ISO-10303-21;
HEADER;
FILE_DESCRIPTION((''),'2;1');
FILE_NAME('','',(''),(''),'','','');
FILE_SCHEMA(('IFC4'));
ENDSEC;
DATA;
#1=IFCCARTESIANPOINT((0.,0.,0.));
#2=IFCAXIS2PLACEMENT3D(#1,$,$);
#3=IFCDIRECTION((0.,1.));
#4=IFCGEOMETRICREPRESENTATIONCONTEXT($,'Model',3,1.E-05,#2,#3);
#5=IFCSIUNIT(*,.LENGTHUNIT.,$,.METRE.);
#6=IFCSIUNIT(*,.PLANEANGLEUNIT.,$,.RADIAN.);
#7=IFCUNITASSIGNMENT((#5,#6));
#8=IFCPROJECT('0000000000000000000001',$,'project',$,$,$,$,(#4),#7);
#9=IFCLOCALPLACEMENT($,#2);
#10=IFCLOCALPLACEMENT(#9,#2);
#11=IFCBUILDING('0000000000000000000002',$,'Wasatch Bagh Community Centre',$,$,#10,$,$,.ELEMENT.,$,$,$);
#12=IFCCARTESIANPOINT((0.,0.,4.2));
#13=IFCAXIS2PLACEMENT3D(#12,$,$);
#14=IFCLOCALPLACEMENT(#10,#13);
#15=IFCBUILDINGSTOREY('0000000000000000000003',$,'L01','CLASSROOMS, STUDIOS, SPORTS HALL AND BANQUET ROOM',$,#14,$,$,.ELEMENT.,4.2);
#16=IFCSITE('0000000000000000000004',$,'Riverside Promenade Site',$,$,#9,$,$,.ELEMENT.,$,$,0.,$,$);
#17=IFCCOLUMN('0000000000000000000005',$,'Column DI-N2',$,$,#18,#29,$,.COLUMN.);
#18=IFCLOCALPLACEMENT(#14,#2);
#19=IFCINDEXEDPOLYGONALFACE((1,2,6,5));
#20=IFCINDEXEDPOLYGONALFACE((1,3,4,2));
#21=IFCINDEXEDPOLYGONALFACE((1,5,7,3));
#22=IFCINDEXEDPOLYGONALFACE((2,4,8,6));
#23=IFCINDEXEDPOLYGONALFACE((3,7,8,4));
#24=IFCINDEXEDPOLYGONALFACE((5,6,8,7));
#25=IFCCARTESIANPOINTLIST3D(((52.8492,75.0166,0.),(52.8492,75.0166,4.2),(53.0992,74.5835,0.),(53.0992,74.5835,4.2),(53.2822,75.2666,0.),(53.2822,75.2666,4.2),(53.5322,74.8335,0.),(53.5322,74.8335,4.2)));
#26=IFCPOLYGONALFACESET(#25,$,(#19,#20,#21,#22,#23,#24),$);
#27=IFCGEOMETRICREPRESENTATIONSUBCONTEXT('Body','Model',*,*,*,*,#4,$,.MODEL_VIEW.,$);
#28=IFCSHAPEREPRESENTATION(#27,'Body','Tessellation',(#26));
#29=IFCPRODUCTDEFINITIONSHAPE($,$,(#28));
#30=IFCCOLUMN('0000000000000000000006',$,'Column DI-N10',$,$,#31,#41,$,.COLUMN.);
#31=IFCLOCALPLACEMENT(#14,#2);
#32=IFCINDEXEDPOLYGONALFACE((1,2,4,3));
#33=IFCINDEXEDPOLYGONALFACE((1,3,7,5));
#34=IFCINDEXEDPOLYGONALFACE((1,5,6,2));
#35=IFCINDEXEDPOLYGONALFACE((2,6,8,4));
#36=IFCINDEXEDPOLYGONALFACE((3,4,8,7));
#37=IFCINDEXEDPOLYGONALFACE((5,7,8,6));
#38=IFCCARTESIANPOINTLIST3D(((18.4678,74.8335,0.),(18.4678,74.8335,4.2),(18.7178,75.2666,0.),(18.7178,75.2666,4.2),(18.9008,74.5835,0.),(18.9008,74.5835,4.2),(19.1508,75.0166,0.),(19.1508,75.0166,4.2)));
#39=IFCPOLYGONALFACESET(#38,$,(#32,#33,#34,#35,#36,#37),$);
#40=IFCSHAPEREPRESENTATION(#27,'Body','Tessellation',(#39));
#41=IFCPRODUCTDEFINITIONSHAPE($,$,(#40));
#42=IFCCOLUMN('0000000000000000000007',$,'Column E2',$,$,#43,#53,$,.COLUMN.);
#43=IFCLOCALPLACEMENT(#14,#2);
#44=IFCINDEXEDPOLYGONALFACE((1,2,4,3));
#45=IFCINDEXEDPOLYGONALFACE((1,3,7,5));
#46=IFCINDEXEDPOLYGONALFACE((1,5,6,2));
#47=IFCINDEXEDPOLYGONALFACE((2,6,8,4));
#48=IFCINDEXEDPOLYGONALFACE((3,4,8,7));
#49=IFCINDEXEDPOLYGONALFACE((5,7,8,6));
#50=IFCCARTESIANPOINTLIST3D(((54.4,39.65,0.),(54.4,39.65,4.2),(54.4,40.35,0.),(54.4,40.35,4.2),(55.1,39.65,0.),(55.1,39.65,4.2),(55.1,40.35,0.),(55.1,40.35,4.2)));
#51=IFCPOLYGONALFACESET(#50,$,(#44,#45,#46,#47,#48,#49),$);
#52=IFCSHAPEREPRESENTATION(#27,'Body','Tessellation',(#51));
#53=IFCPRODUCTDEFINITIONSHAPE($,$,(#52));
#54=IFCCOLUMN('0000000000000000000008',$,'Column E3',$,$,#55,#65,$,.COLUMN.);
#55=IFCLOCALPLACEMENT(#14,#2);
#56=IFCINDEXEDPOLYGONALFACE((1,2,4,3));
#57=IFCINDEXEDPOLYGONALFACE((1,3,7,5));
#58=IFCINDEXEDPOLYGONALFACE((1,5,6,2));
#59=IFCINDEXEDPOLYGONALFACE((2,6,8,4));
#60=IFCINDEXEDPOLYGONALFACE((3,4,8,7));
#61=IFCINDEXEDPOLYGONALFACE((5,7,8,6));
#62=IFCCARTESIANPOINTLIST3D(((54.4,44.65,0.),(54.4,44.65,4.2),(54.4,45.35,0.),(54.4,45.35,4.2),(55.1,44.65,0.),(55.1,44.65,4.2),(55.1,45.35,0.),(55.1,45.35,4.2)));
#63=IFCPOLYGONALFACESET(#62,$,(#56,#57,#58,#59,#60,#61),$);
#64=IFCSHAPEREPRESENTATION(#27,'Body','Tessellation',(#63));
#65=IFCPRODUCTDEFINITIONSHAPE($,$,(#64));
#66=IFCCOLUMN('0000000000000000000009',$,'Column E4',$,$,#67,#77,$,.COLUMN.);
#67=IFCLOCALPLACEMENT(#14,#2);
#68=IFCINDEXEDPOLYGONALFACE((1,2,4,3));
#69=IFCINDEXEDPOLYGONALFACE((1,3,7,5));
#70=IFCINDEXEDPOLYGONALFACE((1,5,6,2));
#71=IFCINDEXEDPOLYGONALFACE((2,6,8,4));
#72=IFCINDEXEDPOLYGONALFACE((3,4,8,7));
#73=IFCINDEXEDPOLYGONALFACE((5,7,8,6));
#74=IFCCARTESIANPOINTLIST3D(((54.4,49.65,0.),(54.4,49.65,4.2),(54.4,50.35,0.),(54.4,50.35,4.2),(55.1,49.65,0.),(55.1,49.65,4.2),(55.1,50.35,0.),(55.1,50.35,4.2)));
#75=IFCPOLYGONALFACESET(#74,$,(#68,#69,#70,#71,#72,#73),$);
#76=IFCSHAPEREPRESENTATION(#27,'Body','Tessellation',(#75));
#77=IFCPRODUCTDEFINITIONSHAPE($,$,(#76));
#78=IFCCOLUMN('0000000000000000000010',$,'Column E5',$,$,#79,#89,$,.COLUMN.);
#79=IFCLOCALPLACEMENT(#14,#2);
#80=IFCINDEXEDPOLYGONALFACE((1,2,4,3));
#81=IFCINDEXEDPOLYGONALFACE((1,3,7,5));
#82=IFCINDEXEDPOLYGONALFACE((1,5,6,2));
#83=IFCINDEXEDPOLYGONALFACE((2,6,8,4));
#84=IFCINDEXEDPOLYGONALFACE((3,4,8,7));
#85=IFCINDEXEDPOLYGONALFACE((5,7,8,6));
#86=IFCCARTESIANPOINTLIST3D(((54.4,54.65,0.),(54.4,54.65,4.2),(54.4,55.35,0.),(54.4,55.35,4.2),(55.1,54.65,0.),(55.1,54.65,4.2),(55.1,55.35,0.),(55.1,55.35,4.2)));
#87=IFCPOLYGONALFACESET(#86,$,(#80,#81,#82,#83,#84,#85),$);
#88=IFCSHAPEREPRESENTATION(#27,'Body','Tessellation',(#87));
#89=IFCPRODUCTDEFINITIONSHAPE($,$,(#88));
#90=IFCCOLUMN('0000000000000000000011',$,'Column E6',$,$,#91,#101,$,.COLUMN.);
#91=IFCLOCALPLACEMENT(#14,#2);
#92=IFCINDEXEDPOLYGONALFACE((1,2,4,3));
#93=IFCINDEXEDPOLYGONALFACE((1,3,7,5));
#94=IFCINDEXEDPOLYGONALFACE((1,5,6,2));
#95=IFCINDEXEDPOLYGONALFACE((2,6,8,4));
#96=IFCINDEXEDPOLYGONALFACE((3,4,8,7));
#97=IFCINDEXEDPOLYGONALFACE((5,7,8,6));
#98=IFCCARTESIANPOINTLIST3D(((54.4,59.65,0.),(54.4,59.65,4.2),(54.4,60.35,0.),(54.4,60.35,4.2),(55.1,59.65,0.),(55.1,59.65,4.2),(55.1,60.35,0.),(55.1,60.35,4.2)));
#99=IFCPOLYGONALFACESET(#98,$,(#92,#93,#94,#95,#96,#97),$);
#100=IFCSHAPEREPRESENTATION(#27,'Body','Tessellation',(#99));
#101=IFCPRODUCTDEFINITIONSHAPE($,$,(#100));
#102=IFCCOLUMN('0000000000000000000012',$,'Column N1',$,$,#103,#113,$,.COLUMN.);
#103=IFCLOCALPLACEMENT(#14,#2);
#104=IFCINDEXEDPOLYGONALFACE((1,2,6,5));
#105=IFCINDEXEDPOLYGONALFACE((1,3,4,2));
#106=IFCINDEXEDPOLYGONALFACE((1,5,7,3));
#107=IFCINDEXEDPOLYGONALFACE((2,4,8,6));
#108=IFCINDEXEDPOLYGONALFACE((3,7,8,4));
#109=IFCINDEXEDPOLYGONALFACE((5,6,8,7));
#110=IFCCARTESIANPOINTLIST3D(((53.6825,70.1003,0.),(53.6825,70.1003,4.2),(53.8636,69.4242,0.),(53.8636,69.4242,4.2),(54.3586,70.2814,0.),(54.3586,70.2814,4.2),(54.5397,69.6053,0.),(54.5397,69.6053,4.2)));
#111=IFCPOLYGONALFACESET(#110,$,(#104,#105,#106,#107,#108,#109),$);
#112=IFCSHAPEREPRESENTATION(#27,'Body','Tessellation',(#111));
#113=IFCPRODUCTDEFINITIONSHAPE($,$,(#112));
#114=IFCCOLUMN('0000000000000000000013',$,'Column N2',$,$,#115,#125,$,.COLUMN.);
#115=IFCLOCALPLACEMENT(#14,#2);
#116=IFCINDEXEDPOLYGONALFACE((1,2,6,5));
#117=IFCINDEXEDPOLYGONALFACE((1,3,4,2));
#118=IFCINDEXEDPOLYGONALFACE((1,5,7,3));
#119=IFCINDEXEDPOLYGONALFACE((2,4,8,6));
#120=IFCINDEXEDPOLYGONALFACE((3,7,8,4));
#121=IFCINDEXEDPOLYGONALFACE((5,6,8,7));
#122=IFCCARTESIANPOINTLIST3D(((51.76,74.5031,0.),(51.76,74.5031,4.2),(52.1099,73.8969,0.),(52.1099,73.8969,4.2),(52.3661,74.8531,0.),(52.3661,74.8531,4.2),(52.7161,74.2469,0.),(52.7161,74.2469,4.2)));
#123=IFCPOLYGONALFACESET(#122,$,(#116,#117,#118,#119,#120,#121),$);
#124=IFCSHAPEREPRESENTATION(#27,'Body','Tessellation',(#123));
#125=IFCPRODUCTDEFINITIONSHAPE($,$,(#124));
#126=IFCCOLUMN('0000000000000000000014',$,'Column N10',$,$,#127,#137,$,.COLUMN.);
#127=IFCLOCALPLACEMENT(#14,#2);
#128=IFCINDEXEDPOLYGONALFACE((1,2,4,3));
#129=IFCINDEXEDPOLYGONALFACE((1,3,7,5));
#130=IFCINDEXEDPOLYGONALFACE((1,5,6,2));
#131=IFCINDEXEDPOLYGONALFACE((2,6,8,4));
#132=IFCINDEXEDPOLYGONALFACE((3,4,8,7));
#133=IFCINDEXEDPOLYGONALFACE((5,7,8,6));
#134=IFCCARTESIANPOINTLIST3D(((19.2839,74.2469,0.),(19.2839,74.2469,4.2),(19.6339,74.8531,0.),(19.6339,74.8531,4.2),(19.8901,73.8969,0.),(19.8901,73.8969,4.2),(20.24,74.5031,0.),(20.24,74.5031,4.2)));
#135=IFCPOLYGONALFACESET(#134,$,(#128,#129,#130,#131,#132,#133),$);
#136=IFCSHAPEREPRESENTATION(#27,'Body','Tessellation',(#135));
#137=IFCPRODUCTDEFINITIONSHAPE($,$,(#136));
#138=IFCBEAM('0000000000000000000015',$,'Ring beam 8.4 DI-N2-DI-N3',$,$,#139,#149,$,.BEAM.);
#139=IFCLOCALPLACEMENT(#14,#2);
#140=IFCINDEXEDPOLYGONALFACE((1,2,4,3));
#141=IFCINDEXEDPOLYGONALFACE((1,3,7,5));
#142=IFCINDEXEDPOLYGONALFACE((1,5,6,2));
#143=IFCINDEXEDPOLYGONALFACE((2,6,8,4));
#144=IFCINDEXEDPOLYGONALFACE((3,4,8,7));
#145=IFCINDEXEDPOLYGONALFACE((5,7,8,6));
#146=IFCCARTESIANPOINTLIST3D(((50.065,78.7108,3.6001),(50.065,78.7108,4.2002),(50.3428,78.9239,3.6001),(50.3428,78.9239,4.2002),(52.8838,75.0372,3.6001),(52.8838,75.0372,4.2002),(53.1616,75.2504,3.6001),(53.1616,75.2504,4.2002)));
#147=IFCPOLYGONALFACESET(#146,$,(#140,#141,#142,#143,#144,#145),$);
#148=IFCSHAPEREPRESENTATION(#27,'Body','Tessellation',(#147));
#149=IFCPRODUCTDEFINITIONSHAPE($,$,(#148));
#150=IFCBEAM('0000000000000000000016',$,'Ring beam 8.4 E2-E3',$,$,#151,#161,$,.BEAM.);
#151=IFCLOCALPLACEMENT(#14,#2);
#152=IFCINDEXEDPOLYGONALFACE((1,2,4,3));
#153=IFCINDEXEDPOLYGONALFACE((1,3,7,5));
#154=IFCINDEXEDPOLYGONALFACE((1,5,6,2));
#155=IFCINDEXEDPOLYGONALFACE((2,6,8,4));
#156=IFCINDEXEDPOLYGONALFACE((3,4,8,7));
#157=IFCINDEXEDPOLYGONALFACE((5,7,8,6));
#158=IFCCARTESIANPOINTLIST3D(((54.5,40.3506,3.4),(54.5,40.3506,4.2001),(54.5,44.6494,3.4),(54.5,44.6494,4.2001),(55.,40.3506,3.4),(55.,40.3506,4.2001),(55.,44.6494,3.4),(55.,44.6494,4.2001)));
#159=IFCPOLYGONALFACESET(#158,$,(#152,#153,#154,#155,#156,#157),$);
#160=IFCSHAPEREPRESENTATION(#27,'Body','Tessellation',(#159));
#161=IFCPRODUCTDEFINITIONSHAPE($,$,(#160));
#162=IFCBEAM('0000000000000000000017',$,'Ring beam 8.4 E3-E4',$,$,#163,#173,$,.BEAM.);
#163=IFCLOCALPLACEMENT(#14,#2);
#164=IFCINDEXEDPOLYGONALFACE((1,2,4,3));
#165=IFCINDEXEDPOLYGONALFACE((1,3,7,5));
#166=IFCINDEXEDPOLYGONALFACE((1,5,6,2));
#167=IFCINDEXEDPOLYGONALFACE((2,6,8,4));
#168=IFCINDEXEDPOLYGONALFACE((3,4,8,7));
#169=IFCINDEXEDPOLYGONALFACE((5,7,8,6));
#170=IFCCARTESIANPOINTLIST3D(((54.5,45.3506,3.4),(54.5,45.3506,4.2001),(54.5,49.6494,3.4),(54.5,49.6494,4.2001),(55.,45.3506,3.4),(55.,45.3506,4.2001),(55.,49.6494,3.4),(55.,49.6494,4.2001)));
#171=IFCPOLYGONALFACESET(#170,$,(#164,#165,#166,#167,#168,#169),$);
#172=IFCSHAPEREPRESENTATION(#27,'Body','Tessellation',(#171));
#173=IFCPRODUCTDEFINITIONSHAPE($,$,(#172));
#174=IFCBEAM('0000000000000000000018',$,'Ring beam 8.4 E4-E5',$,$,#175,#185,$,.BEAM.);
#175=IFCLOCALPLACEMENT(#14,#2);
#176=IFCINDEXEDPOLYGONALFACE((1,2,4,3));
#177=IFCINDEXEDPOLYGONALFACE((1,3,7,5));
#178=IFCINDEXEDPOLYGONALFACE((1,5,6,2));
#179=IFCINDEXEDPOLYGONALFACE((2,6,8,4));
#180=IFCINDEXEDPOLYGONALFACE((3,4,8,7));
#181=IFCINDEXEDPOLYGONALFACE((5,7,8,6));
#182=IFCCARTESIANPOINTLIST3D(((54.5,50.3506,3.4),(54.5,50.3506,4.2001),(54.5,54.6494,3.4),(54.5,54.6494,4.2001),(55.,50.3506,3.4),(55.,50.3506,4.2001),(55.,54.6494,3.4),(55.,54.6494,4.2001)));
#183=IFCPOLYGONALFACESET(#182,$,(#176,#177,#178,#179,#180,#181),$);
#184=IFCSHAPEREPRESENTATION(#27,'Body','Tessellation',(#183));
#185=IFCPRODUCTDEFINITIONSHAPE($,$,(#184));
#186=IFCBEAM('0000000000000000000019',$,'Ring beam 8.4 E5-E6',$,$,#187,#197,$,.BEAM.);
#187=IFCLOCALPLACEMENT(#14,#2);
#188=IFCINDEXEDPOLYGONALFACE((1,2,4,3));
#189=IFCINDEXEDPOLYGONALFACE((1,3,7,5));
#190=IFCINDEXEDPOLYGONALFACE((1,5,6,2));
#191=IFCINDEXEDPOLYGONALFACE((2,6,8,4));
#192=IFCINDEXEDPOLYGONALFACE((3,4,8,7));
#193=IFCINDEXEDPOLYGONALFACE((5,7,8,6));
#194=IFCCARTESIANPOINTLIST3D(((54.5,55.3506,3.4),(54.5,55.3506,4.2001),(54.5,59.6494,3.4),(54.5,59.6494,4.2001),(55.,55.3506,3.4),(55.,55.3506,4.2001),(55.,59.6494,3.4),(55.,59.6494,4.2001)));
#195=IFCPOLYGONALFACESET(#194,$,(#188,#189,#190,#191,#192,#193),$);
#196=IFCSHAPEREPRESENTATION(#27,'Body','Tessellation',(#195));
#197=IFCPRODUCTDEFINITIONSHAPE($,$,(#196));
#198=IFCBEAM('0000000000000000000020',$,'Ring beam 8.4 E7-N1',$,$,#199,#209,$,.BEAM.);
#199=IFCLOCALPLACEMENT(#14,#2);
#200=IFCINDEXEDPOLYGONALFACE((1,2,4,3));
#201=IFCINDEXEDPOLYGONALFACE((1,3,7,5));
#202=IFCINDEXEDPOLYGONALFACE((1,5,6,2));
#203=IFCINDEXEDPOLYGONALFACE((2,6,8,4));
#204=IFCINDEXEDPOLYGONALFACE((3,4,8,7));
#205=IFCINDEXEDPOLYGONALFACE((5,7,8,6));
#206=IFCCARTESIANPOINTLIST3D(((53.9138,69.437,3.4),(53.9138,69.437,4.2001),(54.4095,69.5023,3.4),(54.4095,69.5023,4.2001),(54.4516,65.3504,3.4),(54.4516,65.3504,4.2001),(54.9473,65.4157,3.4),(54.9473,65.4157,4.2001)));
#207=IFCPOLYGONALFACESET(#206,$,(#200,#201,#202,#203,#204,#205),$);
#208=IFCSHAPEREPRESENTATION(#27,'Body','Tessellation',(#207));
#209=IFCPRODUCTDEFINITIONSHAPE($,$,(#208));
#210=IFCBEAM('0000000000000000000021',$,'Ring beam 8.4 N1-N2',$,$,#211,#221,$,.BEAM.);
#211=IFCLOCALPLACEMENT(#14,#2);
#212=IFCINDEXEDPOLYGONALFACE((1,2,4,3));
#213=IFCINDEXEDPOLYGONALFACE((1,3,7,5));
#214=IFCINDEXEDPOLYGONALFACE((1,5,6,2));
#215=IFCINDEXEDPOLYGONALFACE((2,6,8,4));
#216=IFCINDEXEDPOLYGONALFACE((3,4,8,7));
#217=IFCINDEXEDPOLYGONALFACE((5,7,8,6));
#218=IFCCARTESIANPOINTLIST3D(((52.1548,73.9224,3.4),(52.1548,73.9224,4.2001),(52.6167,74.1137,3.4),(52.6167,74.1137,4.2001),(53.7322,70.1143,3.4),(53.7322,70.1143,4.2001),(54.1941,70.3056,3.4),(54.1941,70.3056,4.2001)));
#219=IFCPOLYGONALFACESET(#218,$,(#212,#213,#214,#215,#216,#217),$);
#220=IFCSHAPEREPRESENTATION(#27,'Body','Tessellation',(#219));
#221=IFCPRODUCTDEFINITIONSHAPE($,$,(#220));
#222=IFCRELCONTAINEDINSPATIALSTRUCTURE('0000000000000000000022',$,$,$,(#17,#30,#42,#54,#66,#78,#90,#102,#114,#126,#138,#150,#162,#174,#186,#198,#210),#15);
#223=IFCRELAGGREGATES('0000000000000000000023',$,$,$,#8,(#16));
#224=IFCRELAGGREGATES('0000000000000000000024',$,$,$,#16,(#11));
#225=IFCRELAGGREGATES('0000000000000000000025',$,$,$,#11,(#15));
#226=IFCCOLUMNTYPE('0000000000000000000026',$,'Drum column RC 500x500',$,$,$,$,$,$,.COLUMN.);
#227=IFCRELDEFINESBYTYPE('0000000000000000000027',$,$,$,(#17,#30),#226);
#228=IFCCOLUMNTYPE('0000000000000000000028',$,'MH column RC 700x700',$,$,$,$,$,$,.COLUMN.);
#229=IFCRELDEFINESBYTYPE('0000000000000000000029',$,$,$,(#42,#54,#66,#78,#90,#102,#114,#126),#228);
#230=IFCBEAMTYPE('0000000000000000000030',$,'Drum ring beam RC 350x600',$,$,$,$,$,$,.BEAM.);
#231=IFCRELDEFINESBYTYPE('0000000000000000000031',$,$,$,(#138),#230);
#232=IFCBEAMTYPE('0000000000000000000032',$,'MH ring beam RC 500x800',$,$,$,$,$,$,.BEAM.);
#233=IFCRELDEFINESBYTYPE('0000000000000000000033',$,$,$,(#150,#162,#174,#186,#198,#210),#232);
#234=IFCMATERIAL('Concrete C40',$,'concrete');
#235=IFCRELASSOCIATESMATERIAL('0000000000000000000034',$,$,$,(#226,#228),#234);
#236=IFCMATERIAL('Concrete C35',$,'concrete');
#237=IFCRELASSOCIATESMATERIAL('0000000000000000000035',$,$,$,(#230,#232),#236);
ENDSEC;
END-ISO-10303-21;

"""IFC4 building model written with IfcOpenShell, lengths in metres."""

from ifc_helpers import new_model, si_unit, direction, frame, origin, origin_2d, place, context, subcontext, project, spatial, rectangle, extrude, material, material_profile, profile_set, type_object, element, save


model = new_model("IFC4")

# Units and contexts
model_context = context("Model", 3, precision=1e-05, world=origin(), true_north=direction((0.0, 1.0)))
body_context = subcontext(model_context, "Body", "Model", "MODEL_VIEW")
ifc_project = project(units=[si_unit("LENGTHUNIT", "METRE"), si_unit("PLANEANGLEUNIT", "RADIAN")], contexts=[model_context])

# Site, building, storey
site_placement = place(None, origin())
site = spatial("IfcSite", under=ifc_project, at=site_placement, Name="Riverside Promenade Site", CompositionType="ELEMENT", RefElevation=0.0)
building_placement = place(site_placement, origin())
building = spatial("IfcBuilding", under=site, at=building_placement, Name="Wasatch Bagh Community Centre", CompositionType="ELEMENT")
storey_placement = place(building_placement, frame((0.0, 0.0, 4.2)))
storey = spatial("IfcBuildingStorey", under=building, at=storey_placement, Name="L01", Description="CLASSROOMS, STUDIOS, SPORTS HALL AND BANQUET ROOM", CompositionType="ELEMENT", Elevation=4.2)

# Columns
ifc_material_1 = material(Name="Concrete C40", Category="concrete")
ifc_material_profile_1 = material_profile(ifc_material_1, rectangle(XDim=0.5, YDim=0.5, at=origin_2d()), Name="RC 500x500")
ifc_profile_set_1 = profile_set([ifc_material_profile_1], Name="Concrete C40")
column_type_1 = type_object("IfcColumnType", Name="Drum column RC 500x500", PredefinedType="COLUMN", material=ifc_profile_set_1)
for number, where, z_axis, x_axis, name in (
    (1, (53.1907, 74.925, 0.0), (0.0, 0.0, 1.0), (0.866025, 0.5, 0.0), "Column DI-N2"),
    (2, (18.8093, 74.925, 0.0), (0.0, 0.0, 1.0), (0.5, 0.866025, 0.0), "Column DI-N10"),
):
    element("IfcColumn", number, at=place(storey_placement, frame(where, z_axis=z_axis, x_axis=x_axis)), inside=storey, type_object=column_type_1, Name=name, PredefinedType="COLUMN", context=body_context, shape_type="SweptSolid", body=[
        extrude(rectangle(XDim=0.5, YDim=0.5, at=origin_2d()), origin(), (0.0, 0.0, 1.0), 4.2),
    ])
ifc_material_profile_2 = material_profile(ifc_material_1, rectangle(XDim=0.7, YDim=0.7, at=origin_2d()), Name="RC 700x700")
ifc_profile_set_2 = profile_set([ifc_material_profile_2], Name="Concrete C40")
column_type_2 = type_object("IfcColumnType", Name="MH column RC 700x700", PredefinedType="COLUMN", material=ifc_profile_set_2)
for number, where, z_axis, x_axis, name in (
    (3, (54.75, 40.0, 0.0), (0.0, 0.0, 1.0), (1.0, 0.0, 0.0), "Column E2"),
    (4, (54.75, 45.0, 0.0), (0.0, 0.0, 1.0), (1.0, 0.0, 0.0), "Column E3"),
    (5, (54.75, 50.0, 0.0), (0.0, 0.0, 1.0), (1.0, 0.0, 0.0), "Column E4"),
    (6, (54.75, 55.0, 0.0), (0.0, 0.0, 1.0), (1.0, 0.0, 0.0), "Column E5"),
    (7, (54.75, 60.0, 0.0), (0.0, 0.0, 1.0), (1.0, 0.0, 0.0), "Column E6"),
    (8, (54.1111, 69.8528, 0.0), (0.0, 0.0, 1.0), (0.965926, 0.258819, 0.0), "Column N1"),
    (9, (52.238, 74.375, 0.0), (0.0, 0.0, 1.0), (0.866025, 0.5, 0.0), "Column N2"),
    (10, (19.762, 74.375, 0.0), (0.0, 0.0, 1.0), (0.5, 0.866025, 0.0), "Column N10"),
):
    element("IfcColumn", number, at=place(storey_placement, frame(where, z_axis=z_axis, x_axis=x_axis)), inside=storey, type_object=column_type_2, Name=name, PredefinedType="COLUMN", context=body_context, shape_type="SweptSolid", body=[
        extrude(rectangle(XDim=0.7, YDim=0.7, at=origin_2d()), origin(), (0.0, 0.0, 1.0), 4.2),
    ])

# Beams
ifc_material_2 = material(Name="Concrete C35", Category="concrete")
ifc_material_profile_3 = material_profile(ifc_material_2, rectangle(XDim=0.3501, YDim=0.6001, at=origin_2d()), Name="RC 350x600")
ifc_profile_set_3 = profile_set([ifc_material_profile_3], Name="Concrete C35")
beam_type_1 = type_object("IfcBeamType", Name="Drum ring beam RC 350x600", PredefinedType="BEAM", material=ifc_profile_set_3)
beam_placement = place(storey_placement, frame((53.0227, 75.1438, 3.9001), z_axis=(-0.608762, 0.793353, 0.0), x_axis=(-0.793353, -0.608762, 0.0)))
element("IfcBeam", 11, at=beam_placement, inside=storey, type_object=beam_type_1, Name="Ring beam 8.4 DI-N2-DI-N3", PredefinedType="BEAM", context=body_context, shape_type="SweptSolid", body=[
    extrude(rectangle(XDim=0.3501, YDim=0.6001, at=origin_2d()), origin(), (0.0, 0.0, 1.0), 4.6304),
])
ifc_material_profile_4 = material_profile(ifc_material_2, rectangle(XDim=0.5, YDim=0.8, at=origin_2d()), Name="RC 500x800")
ifc_profile_set_4 = profile_set([ifc_material_profile_4], Name="Concrete C35")
beam_type_2 = type_object("IfcBeamType", Name="MH ring beam RC 500x800", PredefinedType="BEAM", material=ifc_profile_set_4)
for number, where, z_axis, x_axis, name in (
    (12, (54.75, 40.3506, 3.8), (0.0, 1.0, 0.0), (-1.0, 0.0, 0.0), "Ring beam 8.4 E2-E3"),
    (13, (54.75, 45.3506, 3.8), (0.0, 1.0, 0.0), (-1.0, 0.0, 0.0), "Ring beam 8.4 E3-E4"),
    (14, (54.75, 50.3506, 3.8), (0.0, 1.0, 0.0), (-1.0, 0.0, 0.0), "Ring beam 8.4 E4-E5"),
    (15, (54.75, 55.3506, 3.8), (0.0, 1.0, 0.0), (-1.0, 0.0, 0.0), "Ring beam 8.4 E5-E6"),
):
    element("IfcBeam", number, at=place(storey_placement, frame(where, z_axis=z_axis, x_axis=x_axis)), inside=storey, type_object=beam_type_2, Name=name, PredefinedType="BEAM", context=body_context, shape_type="SweptSolid", body=[
        extrude(rectangle(XDim=0.5, YDim=0.8, at=origin_2d()), origin(), (0.0, 0.0, 1.0), 4.2988),
    ])
for number, where, z_axis, x_axis, name in (
    (16, (54.6995, 65.3831, 3.8), (-0.130484, 0.99145, 0.0), (-0.99145, -0.130484, 0.0), "Ring beam 8.4 E7-N1"),
    (17, (53.9631, 70.21, 3.8), (-0.382688, 0.923878, 0.0), (-0.923878, -0.382688, 0.0), "Ring beam 8.4 N1-N2"),
):
    element("IfcBeam", number, at=place(storey_placement, frame(where, z_axis=z_axis, x_axis=x_axis)), inside=storey, type_object=beam_type_2, Name=name, PredefinedType="BEAM", context=body_context, shape_type="SweptSolid", body=[
        extrude(rectangle(XDim=0.5, YDim=0.8, at=origin_2d()), origin(), (0.0, 0.0, 1.0), 4.1218),
    ])

save(model, "model.ifc")
